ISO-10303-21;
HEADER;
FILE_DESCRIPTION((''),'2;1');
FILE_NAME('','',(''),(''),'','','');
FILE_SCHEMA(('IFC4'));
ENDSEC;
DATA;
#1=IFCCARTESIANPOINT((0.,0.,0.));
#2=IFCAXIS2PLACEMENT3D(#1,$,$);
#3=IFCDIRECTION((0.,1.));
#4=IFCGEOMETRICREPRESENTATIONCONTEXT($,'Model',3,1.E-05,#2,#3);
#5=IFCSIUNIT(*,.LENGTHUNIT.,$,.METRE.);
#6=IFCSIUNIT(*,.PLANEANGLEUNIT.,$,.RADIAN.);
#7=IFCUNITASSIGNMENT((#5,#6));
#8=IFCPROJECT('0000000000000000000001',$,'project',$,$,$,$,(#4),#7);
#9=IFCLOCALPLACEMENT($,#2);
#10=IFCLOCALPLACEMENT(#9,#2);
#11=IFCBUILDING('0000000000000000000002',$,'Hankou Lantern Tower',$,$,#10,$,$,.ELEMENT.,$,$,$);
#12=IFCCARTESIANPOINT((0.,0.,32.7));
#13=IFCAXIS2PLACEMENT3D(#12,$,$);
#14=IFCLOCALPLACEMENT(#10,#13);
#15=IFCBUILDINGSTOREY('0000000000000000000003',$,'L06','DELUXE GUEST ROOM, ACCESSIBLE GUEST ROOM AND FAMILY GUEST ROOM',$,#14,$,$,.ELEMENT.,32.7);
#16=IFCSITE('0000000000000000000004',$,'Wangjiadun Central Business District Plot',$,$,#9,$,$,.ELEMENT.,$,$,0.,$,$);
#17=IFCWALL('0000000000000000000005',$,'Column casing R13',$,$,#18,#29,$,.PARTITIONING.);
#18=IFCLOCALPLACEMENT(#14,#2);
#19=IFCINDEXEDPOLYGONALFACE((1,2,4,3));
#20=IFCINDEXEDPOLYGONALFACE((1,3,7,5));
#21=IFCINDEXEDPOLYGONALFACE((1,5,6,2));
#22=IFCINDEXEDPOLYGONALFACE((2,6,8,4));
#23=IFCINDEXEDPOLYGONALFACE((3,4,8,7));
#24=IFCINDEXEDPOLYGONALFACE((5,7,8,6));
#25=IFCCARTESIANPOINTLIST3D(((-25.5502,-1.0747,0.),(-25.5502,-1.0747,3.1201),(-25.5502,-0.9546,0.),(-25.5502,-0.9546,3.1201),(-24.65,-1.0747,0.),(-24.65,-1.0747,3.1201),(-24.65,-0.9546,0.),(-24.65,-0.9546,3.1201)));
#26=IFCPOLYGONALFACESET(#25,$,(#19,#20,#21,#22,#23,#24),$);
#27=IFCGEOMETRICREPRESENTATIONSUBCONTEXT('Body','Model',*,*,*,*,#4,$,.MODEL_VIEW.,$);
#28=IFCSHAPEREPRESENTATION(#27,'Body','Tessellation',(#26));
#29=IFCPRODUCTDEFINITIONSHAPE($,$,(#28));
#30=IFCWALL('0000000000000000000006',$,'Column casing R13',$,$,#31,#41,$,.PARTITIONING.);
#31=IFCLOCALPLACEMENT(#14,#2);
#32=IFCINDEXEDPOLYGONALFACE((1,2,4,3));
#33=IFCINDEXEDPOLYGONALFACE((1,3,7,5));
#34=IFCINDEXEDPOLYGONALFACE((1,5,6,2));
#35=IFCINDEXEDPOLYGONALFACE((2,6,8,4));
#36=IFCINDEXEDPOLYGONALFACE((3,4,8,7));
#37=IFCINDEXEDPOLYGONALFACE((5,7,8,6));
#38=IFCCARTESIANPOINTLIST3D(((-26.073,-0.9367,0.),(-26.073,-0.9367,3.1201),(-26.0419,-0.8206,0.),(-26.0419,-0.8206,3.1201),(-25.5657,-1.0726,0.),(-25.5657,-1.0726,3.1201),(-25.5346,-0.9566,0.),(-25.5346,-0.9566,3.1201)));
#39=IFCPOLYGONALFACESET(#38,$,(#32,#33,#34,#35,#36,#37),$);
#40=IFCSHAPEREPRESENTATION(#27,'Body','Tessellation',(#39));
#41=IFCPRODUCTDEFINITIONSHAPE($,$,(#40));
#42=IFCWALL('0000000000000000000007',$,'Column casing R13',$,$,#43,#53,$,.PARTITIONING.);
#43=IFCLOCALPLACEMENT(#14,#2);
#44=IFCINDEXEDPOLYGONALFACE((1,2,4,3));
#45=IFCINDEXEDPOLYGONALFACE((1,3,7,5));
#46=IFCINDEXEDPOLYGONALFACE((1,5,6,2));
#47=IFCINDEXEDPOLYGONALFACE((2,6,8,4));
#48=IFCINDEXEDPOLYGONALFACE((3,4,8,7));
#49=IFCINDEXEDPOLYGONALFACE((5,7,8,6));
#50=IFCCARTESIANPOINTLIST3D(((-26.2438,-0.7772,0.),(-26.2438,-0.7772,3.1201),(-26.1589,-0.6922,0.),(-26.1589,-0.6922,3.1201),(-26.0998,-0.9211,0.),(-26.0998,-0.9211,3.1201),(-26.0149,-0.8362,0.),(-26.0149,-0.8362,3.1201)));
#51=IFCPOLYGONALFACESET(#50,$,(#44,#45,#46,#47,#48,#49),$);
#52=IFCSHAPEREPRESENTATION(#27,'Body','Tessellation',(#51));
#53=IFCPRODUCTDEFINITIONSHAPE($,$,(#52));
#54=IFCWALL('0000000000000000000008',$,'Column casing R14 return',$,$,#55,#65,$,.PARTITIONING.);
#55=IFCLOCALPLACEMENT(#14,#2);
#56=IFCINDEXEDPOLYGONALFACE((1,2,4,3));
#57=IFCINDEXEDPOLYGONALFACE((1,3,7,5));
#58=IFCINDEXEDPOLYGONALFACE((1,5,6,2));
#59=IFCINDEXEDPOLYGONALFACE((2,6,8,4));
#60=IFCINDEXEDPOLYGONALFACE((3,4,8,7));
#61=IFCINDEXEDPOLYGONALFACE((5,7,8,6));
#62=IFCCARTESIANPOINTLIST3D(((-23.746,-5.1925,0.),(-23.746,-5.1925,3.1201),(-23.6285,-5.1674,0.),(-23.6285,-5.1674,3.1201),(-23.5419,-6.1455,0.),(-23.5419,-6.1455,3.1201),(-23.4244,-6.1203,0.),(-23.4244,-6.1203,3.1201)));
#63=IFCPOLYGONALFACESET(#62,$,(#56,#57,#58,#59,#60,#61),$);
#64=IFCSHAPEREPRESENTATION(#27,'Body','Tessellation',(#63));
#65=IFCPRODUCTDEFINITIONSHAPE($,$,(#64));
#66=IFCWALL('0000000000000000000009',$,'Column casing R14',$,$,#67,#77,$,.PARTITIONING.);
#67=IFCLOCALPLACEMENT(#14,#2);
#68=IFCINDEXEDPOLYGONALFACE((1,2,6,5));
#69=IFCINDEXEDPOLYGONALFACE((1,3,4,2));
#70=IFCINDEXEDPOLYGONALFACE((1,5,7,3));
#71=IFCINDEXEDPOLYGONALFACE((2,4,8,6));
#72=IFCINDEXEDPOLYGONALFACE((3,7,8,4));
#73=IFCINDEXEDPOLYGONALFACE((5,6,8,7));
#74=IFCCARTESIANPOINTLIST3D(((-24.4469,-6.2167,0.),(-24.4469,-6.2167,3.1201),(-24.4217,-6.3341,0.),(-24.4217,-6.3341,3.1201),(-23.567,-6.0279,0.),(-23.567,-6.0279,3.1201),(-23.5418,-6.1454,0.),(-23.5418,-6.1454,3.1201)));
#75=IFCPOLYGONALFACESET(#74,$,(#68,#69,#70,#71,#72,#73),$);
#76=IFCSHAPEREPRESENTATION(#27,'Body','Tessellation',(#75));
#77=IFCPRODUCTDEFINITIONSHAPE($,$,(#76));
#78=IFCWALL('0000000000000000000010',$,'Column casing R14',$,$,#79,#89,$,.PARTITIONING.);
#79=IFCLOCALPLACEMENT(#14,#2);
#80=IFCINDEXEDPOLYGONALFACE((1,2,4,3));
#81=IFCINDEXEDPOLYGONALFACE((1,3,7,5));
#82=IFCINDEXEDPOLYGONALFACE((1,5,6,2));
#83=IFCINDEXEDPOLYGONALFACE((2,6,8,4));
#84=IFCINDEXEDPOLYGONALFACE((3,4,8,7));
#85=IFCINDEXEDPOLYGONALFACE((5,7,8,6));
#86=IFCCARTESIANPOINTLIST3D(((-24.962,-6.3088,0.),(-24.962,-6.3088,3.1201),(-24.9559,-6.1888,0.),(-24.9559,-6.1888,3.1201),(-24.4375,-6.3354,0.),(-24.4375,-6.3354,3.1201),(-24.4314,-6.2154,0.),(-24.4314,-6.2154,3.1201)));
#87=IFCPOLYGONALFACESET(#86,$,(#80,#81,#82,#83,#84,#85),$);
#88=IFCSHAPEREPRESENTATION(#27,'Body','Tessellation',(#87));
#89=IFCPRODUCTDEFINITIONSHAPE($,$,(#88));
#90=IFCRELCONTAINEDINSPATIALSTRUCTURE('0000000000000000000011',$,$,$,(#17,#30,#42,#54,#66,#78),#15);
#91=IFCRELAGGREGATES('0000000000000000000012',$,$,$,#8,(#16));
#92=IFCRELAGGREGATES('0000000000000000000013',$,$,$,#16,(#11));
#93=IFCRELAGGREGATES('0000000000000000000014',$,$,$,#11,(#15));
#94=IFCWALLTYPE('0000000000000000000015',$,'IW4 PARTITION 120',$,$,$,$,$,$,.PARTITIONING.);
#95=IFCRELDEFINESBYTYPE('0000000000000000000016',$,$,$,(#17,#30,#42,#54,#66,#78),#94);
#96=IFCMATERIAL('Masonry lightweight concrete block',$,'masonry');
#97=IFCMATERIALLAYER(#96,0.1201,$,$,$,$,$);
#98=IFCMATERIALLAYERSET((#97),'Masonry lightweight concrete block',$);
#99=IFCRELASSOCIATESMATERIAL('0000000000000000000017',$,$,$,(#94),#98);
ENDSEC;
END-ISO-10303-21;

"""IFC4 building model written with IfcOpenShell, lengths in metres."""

from ifc_helpers import new_model, si_unit, direction, frame, frame_2d, origin, place, context, subcontext, project, spatial, rectangle, extrude, material, layer, layer_set, type_object, element, save


model = new_model("IFC4")

# Units and contexts
model_context = context("Model", 3, precision=1e-05, world=origin(), true_north=direction((0.0, 1.0)))
body_context = subcontext(model_context, "Body", "Model", "MODEL_VIEW")
ifc_project = project(units=[si_unit("LENGTHUNIT", "METRE"), si_unit("PLANEANGLEUNIT", "RADIAN")], contexts=[model_context])

# Site, building, storey
site_placement = place(None, origin())
site = spatial("IfcSite", under=ifc_project, at=site_placement, Name="Wangjiadun Central Business District Plot", CompositionType="ELEMENT", RefElevation=0.0)
building_placement = place(site_placement, origin())
building = spatial("IfcBuilding", under=site, at=building_placement, Name="Hankou Lantern Tower", CompositionType="ELEMENT")
storey_placement = place(building_placement, frame((0.0, 0.0, 32.7)))
storey = spatial("IfcBuildingStorey", under=building, at=storey_placement, Name="L06", Description="DELUXE GUEST ROOM, ACCESSIBLE GUEST ROOM AND FAMILY GUEST ROOM", CompositionType="ELEMENT", Elevation=32.7)

# Walls
ifc_material_1 = material(Name="Masonry lightweight concrete block", Category="masonry")
ifc_layer_1 = layer(ifc_material_1, 0.1201)
ifc_layer_set_1 = layer_set([ifc_layer_1], Name="Masonry lightweight concrete block")
wall_type_1 = type_object("IfcWallType", Name="IW4 PARTITION 120", PredefinedType="PARTITIONING", material=ifc_layer_set_1)
wall_1_placement = place(storey_placement, frame((-24.6499, -1.0146, 0.0), z_axis=(0.0, 0.0, 1.0), x_axis=(-1.0, 0.0, 0.0)))
element("IfcWall", 1, at=wall_1_placement, inside=storey, type_object=wall_type_1, Name="Column casing R13", PredefinedType="PARTITIONING", context=body_context, shape_type="SweptSolid", body=[
    extrude(rectangle(XDim=0.9001, YDim=0.1201, at=frame_2d((0.4502, 0.0))), origin(), (0.0, 0.0, 1.0), 3.1201),
])
wall_2_placement = place(storey_placement, frame((-25.55, -1.0146, 0.0), z_axis=(0.0, 0.0, 1.0), x_axis=(-0.965902, 0.258906, 0.0)))
element("IfcWall", 2, at=wall_2_placement, inside=storey, type_object=wall_type_1, Name="Column casing R13", PredefinedType="PARTITIONING", context=body_context, shape_type="SweptSolid", body=[
    extrude(rectangle(XDim=0.5251, YDim=0.1201, at=frame_2d((0.2627, 0.0))), origin(), (0.0, 0.0, 1.0), 3.1201),
])
wall_3_placement = place(storey_placement, frame((-26.0574, -0.8787, 0.0), z_axis=(0.0, 0.0, 1.0), x_axis=(-0.707107, 0.707107, 0.0)))
element("IfcWall", 3, at=wall_3_placement, inside=storey, type_object=wall_type_1, Name="Column casing R13", PredefinedType="PARTITIONING", context=body_context, shape_type="SweptSolid", body=[
    extrude(rectangle(XDim=0.2036, YDim=0.1201, at=frame_2d((0.1018, 0.0))), origin(), (0.0, 0.0, 1.0), 3.1201),
])
wall_4_placement = place(storey_placement, frame((-23.6873, -5.1799, 0.0), z_axis=(0.0, 0.0, 1.0), x_axis=(0.209444, -0.977821, 0.0)))
element("IfcWall", 4, at=wall_4_placement, inside=storey, type_object=wall_type_1, Name="Column casing R14 return", PredefinedType="PARTITIONING", context=body_context, shape_type="SweptSolid", body=[
    extrude(rectangle(XDim=0.9746, YDim=0.1201, at=frame_2d((0.4873, 0.0))), origin(), (0.0, 0.0, 1.0), 3.1201),
])
wall_5_placement = place(storey_placement, frame((-23.5544, -6.0867, 0.0), z_axis=(0.0, 0.0, 1.0), x_axis=(-0.977763, -0.209714, 0.0)))
element("IfcWall", 5, at=wall_5_placement, inside=storey, type_object=wall_type_1, Name="Column casing R14", PredefinedType="PARTITIONING", context=body_context, shape_type="SweptSolid", body=[
    extrude(rectangle(XDim=0.8999, YDim=0.1201, at=frame_2d((0.45, 0.0))), origin(), (0.0, 0.0, 1.0), 3.1201),
])
wall_6_placement = place(storey_placement, frame((-24.4343, -6.2754, 0.0), z_axis=(0.0, 0.0, 1.0), x_axis=(-0.998715, 0.05068, 0.0)))
element("IfcWall", 6, at=wall_6_placement, inside=storey, type_object=wall_type_1, Name="Column casing R14", PredefinedType="PARTITIONING", context=body_context, shape_type="SweptSolid", body=[
    extrude(rectangle(XDim=0.5251, YDim=0.1201, at=frame_2d((0.2627, 0.0))), origin(), (0.0, 0.0, 1.0), 3.1201),
])

save(model, "model.ifc")
